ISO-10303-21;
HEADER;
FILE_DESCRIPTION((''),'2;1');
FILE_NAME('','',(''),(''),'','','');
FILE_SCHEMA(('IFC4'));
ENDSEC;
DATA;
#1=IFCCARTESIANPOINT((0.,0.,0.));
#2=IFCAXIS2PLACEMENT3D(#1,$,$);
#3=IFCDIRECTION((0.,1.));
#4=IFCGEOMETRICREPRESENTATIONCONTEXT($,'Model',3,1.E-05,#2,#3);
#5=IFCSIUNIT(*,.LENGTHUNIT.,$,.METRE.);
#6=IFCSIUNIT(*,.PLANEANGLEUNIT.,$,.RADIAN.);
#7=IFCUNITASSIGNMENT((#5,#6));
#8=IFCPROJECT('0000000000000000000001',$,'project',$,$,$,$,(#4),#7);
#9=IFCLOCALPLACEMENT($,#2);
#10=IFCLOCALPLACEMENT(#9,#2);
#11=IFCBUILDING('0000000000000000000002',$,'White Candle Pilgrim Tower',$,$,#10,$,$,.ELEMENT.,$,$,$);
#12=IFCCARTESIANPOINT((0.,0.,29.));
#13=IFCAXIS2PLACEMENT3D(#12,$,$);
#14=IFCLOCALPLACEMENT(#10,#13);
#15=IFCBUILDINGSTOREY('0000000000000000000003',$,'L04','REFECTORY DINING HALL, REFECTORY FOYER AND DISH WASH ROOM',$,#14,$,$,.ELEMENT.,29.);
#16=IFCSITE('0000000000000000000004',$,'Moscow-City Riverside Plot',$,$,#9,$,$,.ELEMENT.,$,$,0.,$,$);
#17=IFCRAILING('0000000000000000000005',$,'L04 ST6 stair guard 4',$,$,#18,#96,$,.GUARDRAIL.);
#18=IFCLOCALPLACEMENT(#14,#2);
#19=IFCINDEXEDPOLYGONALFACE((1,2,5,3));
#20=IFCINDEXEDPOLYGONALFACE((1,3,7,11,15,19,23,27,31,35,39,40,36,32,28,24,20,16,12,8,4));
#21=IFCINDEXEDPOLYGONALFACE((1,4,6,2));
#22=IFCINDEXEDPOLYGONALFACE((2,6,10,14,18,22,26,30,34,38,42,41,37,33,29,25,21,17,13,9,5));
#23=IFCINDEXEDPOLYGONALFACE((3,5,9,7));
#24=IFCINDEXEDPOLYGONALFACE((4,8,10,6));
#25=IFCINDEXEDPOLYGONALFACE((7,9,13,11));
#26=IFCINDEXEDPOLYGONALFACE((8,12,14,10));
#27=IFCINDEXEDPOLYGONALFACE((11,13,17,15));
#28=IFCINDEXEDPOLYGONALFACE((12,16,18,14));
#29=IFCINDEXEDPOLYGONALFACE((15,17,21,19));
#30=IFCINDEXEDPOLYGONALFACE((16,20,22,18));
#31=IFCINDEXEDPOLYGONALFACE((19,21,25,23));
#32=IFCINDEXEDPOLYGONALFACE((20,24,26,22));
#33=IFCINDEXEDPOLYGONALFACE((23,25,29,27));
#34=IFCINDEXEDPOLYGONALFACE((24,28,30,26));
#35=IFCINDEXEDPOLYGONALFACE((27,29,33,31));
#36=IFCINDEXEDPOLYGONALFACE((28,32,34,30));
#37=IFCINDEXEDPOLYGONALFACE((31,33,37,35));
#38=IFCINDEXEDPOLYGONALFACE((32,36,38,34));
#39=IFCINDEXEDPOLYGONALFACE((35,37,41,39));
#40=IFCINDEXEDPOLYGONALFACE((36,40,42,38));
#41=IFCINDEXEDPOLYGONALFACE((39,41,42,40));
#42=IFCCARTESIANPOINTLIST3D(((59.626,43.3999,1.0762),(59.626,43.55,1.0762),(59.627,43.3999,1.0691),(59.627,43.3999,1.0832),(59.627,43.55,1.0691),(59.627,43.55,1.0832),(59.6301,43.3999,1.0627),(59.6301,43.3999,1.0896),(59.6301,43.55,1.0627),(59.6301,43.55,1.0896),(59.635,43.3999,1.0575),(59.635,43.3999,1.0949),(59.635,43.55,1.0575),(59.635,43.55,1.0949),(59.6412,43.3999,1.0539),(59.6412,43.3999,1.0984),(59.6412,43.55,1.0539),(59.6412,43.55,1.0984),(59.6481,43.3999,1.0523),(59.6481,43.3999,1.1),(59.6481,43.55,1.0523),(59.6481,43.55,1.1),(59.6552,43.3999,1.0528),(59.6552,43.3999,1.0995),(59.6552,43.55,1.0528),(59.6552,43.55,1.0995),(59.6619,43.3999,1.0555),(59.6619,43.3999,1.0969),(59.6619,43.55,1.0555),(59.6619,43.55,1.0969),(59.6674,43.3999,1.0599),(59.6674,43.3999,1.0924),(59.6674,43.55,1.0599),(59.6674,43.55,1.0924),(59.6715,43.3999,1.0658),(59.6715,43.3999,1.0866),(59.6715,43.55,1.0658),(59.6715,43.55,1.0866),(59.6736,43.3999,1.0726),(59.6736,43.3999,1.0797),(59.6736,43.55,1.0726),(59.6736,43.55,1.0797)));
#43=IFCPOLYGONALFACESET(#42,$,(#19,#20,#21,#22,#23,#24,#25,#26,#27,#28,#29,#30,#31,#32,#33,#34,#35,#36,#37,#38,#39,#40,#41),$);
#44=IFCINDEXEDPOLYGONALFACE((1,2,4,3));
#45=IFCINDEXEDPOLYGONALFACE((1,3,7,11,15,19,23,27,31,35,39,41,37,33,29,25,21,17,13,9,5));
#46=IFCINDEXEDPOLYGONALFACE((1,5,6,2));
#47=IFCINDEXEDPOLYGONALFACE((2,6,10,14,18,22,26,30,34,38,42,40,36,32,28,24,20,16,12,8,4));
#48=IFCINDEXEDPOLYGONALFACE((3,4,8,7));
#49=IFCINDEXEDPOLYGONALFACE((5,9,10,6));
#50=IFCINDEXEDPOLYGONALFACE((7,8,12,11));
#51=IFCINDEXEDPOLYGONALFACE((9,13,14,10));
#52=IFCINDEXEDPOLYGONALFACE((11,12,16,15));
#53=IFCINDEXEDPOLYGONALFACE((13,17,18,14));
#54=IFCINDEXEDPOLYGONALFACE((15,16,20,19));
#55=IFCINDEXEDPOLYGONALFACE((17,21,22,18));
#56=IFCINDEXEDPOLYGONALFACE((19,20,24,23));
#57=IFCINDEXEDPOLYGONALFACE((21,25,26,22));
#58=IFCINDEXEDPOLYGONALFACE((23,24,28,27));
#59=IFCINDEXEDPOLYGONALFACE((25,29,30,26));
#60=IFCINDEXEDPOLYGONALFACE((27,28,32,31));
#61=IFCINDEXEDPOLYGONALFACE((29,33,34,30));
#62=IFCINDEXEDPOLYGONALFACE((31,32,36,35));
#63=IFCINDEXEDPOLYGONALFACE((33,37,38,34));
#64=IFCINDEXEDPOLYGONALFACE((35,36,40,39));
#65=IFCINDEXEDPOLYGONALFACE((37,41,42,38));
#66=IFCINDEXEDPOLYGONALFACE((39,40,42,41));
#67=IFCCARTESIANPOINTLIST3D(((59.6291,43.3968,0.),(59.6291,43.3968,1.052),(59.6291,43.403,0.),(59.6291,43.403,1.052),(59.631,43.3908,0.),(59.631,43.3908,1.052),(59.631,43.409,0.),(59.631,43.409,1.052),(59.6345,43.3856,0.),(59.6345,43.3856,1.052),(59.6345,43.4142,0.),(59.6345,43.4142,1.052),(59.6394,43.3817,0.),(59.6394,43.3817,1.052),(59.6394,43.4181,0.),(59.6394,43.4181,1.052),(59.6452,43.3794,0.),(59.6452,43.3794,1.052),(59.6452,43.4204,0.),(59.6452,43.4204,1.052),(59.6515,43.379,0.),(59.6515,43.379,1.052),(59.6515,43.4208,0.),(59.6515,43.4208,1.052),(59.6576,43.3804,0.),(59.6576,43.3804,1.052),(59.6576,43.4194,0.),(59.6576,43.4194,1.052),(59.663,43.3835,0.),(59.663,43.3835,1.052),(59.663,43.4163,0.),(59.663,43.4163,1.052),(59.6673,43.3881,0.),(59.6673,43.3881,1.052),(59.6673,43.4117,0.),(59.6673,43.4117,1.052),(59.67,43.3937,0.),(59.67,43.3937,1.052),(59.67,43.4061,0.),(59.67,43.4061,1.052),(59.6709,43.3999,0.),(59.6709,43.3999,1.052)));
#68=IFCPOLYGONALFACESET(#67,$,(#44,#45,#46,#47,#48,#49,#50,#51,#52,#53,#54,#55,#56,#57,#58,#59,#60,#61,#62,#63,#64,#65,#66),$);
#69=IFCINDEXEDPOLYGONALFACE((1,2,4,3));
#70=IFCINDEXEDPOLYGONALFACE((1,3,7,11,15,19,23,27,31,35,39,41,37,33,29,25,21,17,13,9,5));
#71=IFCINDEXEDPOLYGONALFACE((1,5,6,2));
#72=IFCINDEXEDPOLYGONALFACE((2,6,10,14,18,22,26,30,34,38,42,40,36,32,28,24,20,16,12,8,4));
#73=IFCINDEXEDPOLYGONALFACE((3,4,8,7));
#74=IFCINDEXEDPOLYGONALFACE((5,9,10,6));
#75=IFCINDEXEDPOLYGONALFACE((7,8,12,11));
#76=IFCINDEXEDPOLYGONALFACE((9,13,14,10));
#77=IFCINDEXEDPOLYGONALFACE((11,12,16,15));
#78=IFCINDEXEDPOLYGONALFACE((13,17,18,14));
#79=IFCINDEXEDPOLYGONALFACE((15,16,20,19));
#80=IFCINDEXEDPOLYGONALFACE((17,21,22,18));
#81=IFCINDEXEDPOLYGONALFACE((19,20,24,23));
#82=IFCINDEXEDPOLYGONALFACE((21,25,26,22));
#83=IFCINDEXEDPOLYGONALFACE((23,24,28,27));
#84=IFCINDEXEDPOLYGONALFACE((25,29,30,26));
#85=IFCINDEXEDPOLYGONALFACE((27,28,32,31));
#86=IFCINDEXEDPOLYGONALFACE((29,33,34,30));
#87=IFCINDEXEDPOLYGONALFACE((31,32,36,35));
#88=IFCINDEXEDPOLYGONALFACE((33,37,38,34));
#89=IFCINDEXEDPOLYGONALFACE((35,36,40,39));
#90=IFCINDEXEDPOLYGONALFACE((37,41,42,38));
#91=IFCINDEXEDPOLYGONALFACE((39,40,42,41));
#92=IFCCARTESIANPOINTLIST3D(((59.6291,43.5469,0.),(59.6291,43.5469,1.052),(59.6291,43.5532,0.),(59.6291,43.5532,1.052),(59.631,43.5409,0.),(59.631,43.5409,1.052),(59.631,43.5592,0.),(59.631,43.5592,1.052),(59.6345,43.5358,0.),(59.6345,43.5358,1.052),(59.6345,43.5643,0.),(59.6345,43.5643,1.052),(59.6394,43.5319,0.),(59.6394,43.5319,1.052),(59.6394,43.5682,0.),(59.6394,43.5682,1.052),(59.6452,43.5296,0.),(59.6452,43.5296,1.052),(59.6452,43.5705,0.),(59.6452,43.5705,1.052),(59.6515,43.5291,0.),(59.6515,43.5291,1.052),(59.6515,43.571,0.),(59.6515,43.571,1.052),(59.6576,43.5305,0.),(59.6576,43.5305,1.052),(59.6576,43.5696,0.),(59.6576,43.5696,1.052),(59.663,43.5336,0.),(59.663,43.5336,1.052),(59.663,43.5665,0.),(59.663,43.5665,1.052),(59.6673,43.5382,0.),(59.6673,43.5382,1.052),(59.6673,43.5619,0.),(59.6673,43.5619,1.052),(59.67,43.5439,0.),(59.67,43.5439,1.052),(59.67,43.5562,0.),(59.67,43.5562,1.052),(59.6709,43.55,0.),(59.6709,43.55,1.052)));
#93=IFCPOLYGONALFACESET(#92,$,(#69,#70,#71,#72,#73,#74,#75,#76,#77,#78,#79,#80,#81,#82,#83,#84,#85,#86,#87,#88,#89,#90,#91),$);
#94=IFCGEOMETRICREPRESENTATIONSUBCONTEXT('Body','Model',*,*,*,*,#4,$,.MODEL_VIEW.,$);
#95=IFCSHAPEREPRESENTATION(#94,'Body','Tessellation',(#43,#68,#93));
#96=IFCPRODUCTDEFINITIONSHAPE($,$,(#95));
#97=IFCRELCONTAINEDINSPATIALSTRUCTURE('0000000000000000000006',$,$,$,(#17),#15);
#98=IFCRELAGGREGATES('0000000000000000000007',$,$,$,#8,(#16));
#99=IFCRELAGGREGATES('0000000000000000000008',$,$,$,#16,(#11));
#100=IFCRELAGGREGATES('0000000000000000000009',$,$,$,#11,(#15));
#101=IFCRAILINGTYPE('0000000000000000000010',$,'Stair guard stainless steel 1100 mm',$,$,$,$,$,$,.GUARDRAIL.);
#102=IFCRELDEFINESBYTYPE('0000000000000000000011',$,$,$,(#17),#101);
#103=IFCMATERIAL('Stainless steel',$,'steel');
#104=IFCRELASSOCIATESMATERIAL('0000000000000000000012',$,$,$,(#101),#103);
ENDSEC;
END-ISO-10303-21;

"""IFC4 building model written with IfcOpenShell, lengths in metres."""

from ifc_helpers import new_model, si_unit, direction, frame, origin, origin_2d, place, context, subcontext, project, spatial, circle, extrude, material, type_object, element, save


model = new_model("IFC4")

# Units and contexts
model_context = context("Model", 3, precision=1e-05, world=origin(), true_north=direction((0.0, 1.0)))
body_context = subcontext(model_context, "Body", "Model", "MODEL_VIEW")
ifc_project = project(units=[si_unit("LENGTHUNIT", "METRE"), si_unit("PLANEANGLEUNIT", "RADIAN")], contexts=[model_context])

# Site, building, storey
site_placement = place(None, origin())
site = spatial("IfcSite", under=ifc_project, at=site_placement, Name="Moscow-City Riverside Plot", CompositionType="ELEMENT", RefElevation=0.0)
building_placement = place(site_placement, origin())
building = spatial("IfcBuilding", under=site, at=building_placement, Name="White Candle Pilgrim Tower", CompositionType="ELEMENT")
storey_placement = place(building_placement, frame((0.0, 0.0, 29.0)))
storey = spatial("IfcBuildingStorey", under=building, at=storey_placement, Name="L04", Description="REFECTORY DINING HALL, REFECTORY FOYER AND DISH WASH ROOM", CompositionType="ELEMENT", Elevation=29.0)

# Railing
ifc_material_1 = material(Name="Stainless steel", Category="steel")
railing_type_1 = type_object("IfcRailingType", Name="Stair guard stainless steel 1100 mm", PredefinedType="GUARDRAIL", material=ifc_material_1)
railing_1_placement = place(storey_placement, frame((59.6499, 43.3999, 0.0)))
element("IfcRailing", 1, at=railing_1_placement, inside=storey, type_object=railing_type_1, Name="L04 ST6 stair guard 4", PredefinedType="GUARDRAIL", context=body_context, shape_type="SweptSolid", body=[
    extrude(circle(Radius=0.0239, at=origin_2d()), frame((0.0, 0.0, 1.0762), z_axis=(0.0, 1.0, 0.0), x_axis=(-1.0, 0.0, 0.0)), (0.0, 0.0, 1.0), 0.1501),
    extrude(circle(Radius=0.021, at=origin_2d()), origin(), (0.0, 0.0, 1.0), 1.052),
    extrude(circle(Radius=0.021, at=origin_2d()), frame((0.0, 0.1501, 0.0)), (0.0, 0.0, 1.0), 1.052),
])

save(model, "model.ifc")
